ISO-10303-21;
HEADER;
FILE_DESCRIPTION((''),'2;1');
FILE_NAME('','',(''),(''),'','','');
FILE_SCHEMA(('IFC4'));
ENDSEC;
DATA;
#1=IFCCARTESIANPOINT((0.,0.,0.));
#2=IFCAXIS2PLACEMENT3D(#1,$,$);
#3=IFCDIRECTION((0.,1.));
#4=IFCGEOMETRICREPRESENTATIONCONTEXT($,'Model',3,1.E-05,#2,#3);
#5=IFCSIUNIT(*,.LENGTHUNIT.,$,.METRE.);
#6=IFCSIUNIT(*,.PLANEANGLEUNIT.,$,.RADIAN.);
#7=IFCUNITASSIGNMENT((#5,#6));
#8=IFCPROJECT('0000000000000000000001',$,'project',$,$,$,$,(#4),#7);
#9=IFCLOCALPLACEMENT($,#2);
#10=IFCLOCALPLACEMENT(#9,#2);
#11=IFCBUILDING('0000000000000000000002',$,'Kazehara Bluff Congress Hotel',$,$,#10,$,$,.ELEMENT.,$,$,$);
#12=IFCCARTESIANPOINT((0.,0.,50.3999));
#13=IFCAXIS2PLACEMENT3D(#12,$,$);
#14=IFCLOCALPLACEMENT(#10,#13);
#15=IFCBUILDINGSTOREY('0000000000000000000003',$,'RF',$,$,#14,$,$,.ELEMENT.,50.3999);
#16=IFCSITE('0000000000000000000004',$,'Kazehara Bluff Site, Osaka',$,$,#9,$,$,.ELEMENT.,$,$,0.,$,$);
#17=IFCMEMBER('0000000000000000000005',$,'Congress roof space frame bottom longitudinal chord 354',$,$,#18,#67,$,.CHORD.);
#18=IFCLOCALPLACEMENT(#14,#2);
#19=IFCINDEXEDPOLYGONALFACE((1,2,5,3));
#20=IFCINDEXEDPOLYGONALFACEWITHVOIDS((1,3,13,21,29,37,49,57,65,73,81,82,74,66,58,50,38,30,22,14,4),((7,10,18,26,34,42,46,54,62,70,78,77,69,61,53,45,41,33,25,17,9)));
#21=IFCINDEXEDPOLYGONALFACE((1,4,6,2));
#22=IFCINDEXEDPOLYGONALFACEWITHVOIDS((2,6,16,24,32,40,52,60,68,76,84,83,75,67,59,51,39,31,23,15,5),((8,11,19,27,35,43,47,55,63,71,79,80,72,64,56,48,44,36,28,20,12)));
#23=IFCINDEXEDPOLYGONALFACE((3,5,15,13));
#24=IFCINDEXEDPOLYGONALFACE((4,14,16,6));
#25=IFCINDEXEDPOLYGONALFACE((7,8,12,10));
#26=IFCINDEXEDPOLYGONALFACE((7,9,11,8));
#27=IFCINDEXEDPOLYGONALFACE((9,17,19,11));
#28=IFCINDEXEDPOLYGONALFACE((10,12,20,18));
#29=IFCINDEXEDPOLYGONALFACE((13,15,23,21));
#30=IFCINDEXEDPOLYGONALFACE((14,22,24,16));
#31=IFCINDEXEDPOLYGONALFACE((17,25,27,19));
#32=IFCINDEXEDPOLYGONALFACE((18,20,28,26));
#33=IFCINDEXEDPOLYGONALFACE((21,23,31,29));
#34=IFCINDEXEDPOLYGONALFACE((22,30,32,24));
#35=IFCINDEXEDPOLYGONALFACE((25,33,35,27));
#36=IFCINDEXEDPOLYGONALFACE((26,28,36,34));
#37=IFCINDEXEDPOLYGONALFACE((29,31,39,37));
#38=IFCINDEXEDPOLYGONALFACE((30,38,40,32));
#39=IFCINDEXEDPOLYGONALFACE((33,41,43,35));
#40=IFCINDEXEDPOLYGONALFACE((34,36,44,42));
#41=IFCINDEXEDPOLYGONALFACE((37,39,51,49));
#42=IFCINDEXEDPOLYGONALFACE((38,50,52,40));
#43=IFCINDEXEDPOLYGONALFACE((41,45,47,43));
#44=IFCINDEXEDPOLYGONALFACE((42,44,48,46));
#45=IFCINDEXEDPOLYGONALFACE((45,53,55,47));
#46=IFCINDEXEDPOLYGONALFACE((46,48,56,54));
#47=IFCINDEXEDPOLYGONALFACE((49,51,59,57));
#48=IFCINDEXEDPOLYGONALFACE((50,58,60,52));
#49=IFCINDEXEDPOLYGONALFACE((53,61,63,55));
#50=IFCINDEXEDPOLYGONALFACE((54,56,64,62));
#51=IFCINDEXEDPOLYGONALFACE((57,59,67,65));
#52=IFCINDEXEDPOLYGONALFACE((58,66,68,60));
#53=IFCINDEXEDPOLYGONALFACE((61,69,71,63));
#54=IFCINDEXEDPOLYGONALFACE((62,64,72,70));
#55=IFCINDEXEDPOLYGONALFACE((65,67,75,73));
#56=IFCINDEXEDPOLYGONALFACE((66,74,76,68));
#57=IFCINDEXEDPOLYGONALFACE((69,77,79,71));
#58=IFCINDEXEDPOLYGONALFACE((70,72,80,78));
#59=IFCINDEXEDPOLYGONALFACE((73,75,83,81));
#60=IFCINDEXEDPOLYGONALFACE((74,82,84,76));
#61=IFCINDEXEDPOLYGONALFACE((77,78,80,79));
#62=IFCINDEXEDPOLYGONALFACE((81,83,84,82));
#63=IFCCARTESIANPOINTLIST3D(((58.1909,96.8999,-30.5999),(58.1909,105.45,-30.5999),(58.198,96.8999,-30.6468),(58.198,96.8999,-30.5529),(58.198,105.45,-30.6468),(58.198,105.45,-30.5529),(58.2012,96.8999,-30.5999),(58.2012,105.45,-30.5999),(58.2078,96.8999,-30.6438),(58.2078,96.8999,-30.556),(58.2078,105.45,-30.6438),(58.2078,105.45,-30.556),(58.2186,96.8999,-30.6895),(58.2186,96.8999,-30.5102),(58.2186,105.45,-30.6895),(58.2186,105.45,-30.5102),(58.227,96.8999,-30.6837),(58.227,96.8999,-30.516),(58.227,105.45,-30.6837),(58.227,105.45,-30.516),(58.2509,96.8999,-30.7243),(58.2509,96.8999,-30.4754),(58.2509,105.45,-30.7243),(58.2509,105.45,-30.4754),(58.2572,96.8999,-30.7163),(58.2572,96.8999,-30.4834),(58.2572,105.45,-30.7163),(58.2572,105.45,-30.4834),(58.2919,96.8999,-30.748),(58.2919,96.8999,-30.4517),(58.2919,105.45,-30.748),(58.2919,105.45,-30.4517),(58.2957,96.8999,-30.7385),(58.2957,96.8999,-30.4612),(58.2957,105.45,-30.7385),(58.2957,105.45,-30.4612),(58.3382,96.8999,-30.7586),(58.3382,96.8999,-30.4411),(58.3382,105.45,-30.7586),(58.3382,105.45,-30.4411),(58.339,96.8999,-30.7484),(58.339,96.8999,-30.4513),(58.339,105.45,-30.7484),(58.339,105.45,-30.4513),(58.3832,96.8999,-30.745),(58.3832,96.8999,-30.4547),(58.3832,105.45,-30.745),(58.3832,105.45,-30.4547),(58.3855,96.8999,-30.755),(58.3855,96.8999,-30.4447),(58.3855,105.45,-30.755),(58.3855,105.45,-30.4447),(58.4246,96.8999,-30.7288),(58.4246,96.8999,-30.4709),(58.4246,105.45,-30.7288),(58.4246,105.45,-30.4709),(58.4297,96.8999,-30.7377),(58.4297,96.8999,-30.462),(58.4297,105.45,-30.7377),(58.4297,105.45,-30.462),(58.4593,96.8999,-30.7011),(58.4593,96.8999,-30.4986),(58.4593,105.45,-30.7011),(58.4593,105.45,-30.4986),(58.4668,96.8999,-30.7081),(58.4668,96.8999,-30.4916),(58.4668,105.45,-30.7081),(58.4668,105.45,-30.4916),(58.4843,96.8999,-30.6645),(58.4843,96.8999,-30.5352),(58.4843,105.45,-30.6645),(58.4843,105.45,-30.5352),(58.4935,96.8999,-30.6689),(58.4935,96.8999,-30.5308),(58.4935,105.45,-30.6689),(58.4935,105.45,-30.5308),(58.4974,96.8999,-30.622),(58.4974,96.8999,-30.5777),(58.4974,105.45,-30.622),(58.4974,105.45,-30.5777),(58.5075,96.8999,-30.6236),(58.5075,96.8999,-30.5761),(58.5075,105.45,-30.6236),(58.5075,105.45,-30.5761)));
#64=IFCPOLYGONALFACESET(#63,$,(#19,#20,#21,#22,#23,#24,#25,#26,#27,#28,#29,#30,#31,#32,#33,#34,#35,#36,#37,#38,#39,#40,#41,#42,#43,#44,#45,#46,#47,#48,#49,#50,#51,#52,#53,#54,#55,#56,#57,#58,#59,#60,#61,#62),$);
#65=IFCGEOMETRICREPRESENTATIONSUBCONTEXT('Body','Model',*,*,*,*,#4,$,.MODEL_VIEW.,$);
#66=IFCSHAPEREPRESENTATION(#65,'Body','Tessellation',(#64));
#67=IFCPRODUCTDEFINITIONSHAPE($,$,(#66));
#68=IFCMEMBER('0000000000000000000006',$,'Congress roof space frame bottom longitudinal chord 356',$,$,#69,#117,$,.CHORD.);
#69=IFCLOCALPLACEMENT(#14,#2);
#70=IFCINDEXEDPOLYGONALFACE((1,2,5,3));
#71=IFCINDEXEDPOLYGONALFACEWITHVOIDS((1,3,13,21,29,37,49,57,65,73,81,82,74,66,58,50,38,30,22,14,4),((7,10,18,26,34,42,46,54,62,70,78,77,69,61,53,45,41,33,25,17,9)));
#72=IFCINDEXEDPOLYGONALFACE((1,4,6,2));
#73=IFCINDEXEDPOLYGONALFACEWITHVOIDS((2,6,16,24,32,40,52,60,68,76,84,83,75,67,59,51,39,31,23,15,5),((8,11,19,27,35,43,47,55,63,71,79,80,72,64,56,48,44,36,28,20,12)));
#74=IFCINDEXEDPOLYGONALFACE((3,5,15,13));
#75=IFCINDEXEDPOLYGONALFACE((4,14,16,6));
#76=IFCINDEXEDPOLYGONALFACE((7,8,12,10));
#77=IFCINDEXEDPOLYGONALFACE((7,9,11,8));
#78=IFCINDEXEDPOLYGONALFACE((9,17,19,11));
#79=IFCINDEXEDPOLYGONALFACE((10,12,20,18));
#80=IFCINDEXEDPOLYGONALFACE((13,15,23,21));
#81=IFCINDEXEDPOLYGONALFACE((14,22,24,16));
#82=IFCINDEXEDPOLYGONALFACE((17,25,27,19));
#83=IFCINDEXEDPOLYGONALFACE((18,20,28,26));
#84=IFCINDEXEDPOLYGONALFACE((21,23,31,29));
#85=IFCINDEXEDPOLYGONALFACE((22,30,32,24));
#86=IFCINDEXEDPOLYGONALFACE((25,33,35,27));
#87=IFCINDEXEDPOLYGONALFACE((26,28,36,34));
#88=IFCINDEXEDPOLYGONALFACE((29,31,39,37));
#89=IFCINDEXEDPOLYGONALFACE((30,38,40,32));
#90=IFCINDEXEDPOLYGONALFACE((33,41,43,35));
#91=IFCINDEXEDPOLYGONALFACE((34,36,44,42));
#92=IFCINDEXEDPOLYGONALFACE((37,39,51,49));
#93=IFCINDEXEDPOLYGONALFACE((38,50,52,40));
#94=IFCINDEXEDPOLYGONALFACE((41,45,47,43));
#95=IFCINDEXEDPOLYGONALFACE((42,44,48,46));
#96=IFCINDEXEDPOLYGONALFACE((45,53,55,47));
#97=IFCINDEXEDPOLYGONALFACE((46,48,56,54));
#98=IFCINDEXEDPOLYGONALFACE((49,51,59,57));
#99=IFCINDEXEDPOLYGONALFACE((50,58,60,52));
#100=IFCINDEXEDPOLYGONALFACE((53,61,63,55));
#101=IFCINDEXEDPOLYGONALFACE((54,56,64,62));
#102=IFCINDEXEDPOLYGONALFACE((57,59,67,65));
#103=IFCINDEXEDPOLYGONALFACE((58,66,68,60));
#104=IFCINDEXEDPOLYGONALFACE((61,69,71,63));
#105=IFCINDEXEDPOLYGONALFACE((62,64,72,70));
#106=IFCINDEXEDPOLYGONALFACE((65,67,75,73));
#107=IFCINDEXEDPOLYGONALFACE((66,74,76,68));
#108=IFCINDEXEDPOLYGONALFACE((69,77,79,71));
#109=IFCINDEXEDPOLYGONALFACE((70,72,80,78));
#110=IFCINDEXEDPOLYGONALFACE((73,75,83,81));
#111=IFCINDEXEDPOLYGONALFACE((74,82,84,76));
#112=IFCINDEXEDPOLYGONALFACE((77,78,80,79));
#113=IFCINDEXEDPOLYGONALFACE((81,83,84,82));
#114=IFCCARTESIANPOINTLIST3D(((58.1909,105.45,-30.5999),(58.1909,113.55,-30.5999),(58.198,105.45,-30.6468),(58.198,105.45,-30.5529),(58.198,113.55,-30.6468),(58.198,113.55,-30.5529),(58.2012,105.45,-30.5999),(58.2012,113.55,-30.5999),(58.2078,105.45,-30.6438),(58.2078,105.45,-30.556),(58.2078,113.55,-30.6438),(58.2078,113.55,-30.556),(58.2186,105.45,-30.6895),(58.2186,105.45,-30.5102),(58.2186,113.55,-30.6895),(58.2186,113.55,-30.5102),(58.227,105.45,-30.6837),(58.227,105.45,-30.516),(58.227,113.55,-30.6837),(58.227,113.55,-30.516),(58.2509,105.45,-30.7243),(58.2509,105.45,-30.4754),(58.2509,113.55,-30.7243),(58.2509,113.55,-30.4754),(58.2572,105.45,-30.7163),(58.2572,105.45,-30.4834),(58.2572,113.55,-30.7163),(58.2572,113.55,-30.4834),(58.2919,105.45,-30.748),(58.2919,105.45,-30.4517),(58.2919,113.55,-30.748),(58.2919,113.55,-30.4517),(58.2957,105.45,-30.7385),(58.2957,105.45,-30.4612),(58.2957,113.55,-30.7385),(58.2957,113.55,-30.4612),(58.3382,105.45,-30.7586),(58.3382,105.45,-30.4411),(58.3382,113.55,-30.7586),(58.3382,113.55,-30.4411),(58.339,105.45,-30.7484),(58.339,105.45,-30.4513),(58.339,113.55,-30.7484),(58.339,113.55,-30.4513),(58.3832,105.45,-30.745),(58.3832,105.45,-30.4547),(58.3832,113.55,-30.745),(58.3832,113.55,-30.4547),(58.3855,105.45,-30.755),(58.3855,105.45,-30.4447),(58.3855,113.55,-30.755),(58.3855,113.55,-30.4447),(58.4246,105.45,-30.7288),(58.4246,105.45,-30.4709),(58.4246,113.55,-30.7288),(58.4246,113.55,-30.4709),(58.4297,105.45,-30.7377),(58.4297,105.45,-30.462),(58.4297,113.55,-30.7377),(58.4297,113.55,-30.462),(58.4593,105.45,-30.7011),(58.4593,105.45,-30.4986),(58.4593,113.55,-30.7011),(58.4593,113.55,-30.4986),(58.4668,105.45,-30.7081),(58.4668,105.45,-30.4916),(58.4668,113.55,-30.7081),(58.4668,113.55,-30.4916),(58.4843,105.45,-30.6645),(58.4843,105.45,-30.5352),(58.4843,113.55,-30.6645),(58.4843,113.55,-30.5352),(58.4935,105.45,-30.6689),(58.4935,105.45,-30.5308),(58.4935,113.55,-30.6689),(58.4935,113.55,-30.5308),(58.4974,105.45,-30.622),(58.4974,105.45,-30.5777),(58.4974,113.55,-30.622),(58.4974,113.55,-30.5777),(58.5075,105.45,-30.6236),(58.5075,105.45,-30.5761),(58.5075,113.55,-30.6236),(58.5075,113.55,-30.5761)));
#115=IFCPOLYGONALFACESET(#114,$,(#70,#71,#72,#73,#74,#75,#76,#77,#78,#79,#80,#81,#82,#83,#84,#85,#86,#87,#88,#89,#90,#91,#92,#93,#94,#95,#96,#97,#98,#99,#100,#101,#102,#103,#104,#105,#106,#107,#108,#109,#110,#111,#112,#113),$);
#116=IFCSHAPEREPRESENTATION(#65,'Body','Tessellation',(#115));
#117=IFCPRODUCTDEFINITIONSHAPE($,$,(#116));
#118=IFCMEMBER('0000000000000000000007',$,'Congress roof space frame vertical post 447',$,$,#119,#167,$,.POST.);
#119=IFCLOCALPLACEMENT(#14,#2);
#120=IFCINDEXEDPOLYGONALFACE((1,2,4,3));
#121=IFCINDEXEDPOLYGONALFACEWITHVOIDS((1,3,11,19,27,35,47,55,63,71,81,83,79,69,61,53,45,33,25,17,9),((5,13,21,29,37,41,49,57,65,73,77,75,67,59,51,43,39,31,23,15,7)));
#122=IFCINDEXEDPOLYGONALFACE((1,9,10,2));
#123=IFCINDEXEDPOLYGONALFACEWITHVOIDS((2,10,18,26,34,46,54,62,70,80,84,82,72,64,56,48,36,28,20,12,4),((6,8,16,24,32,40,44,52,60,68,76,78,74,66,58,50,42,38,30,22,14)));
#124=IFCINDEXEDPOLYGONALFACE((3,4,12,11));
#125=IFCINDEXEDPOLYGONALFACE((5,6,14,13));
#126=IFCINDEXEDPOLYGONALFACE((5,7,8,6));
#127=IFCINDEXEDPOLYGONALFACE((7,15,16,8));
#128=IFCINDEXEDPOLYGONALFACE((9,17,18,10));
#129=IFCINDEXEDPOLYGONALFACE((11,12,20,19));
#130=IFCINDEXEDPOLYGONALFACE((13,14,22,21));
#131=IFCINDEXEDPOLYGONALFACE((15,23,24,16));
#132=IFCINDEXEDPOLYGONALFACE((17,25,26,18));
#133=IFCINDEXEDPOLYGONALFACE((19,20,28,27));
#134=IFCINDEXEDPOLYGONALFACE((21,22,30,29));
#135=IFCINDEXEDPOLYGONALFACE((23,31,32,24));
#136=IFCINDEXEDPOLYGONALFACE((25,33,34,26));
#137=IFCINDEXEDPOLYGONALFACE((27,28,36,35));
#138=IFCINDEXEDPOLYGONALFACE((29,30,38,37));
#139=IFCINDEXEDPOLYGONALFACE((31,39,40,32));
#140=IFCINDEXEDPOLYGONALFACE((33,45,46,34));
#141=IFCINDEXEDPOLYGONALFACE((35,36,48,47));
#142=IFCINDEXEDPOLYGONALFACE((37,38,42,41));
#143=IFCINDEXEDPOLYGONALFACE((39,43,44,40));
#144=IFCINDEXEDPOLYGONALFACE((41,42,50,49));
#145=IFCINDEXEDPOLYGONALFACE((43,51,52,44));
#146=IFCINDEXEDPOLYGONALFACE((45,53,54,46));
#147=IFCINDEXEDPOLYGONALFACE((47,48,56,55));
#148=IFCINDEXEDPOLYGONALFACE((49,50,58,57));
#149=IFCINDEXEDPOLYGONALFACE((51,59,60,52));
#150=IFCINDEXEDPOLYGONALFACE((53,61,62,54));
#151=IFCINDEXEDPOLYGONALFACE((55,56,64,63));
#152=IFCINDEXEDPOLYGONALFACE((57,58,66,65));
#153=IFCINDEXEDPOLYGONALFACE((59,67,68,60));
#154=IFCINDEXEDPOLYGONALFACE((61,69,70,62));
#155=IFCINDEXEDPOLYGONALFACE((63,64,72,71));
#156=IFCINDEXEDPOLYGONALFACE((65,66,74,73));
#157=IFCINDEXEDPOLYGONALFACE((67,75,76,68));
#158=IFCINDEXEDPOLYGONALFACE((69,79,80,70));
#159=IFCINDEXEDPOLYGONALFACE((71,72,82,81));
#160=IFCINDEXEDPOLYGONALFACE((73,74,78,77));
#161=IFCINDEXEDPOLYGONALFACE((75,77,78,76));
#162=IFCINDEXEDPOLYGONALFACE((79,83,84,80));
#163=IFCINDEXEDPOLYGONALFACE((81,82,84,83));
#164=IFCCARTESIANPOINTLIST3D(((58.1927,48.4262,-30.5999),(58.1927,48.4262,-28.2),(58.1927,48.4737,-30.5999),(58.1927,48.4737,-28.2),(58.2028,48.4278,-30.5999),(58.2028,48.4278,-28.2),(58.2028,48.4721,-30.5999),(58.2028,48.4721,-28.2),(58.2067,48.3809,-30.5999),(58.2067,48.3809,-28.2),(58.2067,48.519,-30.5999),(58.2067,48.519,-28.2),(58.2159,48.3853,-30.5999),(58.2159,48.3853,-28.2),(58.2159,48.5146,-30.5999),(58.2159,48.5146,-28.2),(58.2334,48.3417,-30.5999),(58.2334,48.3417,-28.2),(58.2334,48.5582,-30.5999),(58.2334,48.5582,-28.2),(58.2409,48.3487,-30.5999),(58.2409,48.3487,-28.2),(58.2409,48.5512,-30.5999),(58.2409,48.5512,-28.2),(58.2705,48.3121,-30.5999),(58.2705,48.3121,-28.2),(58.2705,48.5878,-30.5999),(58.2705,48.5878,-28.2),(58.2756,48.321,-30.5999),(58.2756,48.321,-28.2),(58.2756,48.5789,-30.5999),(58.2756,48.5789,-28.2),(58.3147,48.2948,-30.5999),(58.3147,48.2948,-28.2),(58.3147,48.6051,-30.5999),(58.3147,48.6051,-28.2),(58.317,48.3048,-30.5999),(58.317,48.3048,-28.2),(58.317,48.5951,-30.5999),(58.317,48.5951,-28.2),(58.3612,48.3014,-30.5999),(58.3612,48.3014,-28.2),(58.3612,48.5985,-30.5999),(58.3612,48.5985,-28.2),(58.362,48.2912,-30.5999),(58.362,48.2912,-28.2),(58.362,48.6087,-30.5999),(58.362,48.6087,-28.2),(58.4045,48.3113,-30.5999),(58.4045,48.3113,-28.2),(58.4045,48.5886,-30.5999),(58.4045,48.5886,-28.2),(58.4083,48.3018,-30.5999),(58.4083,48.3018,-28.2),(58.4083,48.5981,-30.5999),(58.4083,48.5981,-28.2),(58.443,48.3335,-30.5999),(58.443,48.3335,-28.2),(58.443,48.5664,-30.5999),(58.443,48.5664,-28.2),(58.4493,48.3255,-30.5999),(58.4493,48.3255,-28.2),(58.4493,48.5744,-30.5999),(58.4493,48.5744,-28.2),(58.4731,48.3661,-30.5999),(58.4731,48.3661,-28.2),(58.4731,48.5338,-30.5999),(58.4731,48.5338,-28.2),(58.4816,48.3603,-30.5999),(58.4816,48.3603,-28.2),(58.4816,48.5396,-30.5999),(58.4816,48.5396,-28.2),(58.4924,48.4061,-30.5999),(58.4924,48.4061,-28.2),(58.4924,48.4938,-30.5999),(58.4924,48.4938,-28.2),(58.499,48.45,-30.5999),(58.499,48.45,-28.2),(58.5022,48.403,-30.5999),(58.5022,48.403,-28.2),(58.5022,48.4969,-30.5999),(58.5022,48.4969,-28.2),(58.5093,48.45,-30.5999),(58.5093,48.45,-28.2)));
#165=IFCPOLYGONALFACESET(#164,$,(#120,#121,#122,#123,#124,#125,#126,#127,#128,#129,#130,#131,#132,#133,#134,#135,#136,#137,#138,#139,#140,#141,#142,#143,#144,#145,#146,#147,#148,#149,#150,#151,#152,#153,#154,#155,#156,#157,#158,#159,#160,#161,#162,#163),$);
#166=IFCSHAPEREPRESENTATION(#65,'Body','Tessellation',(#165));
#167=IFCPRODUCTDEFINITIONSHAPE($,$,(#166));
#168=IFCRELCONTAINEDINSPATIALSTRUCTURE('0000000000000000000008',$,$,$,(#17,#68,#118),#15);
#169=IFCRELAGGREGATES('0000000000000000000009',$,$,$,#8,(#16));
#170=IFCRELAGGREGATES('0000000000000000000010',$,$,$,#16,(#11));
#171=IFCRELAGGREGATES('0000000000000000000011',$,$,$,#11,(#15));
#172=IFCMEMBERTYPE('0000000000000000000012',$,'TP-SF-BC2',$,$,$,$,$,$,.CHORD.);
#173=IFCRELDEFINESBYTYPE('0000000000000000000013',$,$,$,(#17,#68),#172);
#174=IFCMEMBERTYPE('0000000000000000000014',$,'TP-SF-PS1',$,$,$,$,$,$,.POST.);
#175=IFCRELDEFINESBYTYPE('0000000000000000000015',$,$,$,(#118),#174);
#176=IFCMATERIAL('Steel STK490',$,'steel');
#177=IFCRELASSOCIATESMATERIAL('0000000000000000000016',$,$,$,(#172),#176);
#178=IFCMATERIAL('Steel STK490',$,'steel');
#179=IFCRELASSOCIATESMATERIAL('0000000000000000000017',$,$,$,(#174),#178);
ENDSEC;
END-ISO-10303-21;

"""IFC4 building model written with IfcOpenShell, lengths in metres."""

from ifc_helpers import new_model, si_unit, direction, frame, origin, origin_2d, place, context, subcontext, project, spatial, hollow_circle, extrude, material, material_profile, profile_set, type_object, element, save


model = new_model("IFC4")

# Units and contexts
model_context = context("Model", 3, precision=1e-05, world=origin(), true_north=direction((0.0, 1.0)))
body_context = subcontext(model_context, "Body", "Model", "MODEL_VIEW")
ifc_project = project(units=[si_unit("LENGTHUNIT", "METRE"), si_unit("PLANEANGLEUNIT", "RADIAN")], contexts=[model_context])

# Site, building, storey
site_placement = place(None, origin())
site = spatial("IfcSite", under=ifc_project, at=site_placement, Name="Kazehara Bluff Site, Osaka", CompositionType="ELEMENT", RefElevation=0.0)
building_placement = place(site_placement, origin())
building = spatial("IfcBuilding", under=site, at=building_placement, Name="Kazehara Bluff Congress Hotel", CompositionType="ELEMENT")
storey_placement = place(building_placement, frame((0.0, 0.0, 50.3999)))
storey = spatial("IfcBuildingStorey", under=building, at=storey_placement, Name="RF", CompositionType="ELEMENT", Elevation=50.3999)

# Members
ifc_material_1 = material(Name="Steel STK490", Category="steel")
ifc_material_profile_1 = material_profile(ifc_material_1, hollow_circle(Radius=0.1592, WallThickness=0.0103, at=origin_2d()))
ifc_profile_set_1 = profile_set([ifc_material_profile_1], Name="Steel STK490")
member_type_1 = type_object("IfcMemberType", Name="TP-SF-BC2", PredefinedType="CHORD", material=ifc_profile_set_1)
member_1_placement = place(storey_placement, frame((58.3501, 96.8999, -30.5999), z_axis=(0.0, 1.0, 0.0), x_axis=(-1.0, 0.0, 0.0)))
element("IfcMember", 1, at=member_1_placement, inside=storey, type_object=member_type_1, Name="Congress roof space frame bottom longitudinal chord 354", PredefinedType="CHORD", context=body_context, shape_type="SweptSolid", body=[
    extrude(hollow_circle(Radius=0.1592, WallThickness=0.0103, at=origin_2d()), origin(), (0.0, 0.0, 1.0), 8.55),
])
member_2_placement = place(storey_placement, frame((58.3501, 105.45, -30.5999), z_axis=(0.0, 1.0, 0.0), x_axis=(-1.0, 0.0, 0.0)))
element("IfcMember", 2, at=member_2_placement, inside=storey, type_object=member_type_1, Name="Congress roof space frame bottom longitudinal chord 356", PredefinedType="CHORD", context=body_context, shape_type="SweptSolid", body=[
    extrude(hollow_circle(Radius=0.1592, WallThickness=0.0103, at=origin_2d()), origin(), (0.0, 0.0, 1.0), 8.1001),
])
ifc_material_2 = material(Name="Steel STK490", Category="steel")
ifc_material_profile_2 = material_profile(ifc_material_2, hollow_circle(Radius=0.1592, WallThickness=0.0103, at=origin_2d()))
ifc_profile_set_2 = profile_set([ifc_material_profile_2], Name="Steel STK490")
member_type_2 = type_object("IfcMemberType", Name="TP-SF-PS1", PredefinedType="POST", material=ifc_profile_set_2)
member_3_placement = place(storey_placement, frame((58.3501, 48.45, -30.5999), z_axis=(0.0, 0.0, 1.0), x_axis=(1.0, 0.0, 0.0)))
element("IfcMember", 3, at=member_3_placement, inside=storey, type_object=member_type_2, Name="Congress roof space frame vertical post 447", PredefinedType="POST", context=body_context, shape_type="SweptSolid", body=[
    extrude(hollow_circle(Radius=0.1592, WallThickness=0.0103, at=origin_2d()), origin(), (0.0, 0.0, 1.0), 2.3999),
])

save(model, "model.ifc")
